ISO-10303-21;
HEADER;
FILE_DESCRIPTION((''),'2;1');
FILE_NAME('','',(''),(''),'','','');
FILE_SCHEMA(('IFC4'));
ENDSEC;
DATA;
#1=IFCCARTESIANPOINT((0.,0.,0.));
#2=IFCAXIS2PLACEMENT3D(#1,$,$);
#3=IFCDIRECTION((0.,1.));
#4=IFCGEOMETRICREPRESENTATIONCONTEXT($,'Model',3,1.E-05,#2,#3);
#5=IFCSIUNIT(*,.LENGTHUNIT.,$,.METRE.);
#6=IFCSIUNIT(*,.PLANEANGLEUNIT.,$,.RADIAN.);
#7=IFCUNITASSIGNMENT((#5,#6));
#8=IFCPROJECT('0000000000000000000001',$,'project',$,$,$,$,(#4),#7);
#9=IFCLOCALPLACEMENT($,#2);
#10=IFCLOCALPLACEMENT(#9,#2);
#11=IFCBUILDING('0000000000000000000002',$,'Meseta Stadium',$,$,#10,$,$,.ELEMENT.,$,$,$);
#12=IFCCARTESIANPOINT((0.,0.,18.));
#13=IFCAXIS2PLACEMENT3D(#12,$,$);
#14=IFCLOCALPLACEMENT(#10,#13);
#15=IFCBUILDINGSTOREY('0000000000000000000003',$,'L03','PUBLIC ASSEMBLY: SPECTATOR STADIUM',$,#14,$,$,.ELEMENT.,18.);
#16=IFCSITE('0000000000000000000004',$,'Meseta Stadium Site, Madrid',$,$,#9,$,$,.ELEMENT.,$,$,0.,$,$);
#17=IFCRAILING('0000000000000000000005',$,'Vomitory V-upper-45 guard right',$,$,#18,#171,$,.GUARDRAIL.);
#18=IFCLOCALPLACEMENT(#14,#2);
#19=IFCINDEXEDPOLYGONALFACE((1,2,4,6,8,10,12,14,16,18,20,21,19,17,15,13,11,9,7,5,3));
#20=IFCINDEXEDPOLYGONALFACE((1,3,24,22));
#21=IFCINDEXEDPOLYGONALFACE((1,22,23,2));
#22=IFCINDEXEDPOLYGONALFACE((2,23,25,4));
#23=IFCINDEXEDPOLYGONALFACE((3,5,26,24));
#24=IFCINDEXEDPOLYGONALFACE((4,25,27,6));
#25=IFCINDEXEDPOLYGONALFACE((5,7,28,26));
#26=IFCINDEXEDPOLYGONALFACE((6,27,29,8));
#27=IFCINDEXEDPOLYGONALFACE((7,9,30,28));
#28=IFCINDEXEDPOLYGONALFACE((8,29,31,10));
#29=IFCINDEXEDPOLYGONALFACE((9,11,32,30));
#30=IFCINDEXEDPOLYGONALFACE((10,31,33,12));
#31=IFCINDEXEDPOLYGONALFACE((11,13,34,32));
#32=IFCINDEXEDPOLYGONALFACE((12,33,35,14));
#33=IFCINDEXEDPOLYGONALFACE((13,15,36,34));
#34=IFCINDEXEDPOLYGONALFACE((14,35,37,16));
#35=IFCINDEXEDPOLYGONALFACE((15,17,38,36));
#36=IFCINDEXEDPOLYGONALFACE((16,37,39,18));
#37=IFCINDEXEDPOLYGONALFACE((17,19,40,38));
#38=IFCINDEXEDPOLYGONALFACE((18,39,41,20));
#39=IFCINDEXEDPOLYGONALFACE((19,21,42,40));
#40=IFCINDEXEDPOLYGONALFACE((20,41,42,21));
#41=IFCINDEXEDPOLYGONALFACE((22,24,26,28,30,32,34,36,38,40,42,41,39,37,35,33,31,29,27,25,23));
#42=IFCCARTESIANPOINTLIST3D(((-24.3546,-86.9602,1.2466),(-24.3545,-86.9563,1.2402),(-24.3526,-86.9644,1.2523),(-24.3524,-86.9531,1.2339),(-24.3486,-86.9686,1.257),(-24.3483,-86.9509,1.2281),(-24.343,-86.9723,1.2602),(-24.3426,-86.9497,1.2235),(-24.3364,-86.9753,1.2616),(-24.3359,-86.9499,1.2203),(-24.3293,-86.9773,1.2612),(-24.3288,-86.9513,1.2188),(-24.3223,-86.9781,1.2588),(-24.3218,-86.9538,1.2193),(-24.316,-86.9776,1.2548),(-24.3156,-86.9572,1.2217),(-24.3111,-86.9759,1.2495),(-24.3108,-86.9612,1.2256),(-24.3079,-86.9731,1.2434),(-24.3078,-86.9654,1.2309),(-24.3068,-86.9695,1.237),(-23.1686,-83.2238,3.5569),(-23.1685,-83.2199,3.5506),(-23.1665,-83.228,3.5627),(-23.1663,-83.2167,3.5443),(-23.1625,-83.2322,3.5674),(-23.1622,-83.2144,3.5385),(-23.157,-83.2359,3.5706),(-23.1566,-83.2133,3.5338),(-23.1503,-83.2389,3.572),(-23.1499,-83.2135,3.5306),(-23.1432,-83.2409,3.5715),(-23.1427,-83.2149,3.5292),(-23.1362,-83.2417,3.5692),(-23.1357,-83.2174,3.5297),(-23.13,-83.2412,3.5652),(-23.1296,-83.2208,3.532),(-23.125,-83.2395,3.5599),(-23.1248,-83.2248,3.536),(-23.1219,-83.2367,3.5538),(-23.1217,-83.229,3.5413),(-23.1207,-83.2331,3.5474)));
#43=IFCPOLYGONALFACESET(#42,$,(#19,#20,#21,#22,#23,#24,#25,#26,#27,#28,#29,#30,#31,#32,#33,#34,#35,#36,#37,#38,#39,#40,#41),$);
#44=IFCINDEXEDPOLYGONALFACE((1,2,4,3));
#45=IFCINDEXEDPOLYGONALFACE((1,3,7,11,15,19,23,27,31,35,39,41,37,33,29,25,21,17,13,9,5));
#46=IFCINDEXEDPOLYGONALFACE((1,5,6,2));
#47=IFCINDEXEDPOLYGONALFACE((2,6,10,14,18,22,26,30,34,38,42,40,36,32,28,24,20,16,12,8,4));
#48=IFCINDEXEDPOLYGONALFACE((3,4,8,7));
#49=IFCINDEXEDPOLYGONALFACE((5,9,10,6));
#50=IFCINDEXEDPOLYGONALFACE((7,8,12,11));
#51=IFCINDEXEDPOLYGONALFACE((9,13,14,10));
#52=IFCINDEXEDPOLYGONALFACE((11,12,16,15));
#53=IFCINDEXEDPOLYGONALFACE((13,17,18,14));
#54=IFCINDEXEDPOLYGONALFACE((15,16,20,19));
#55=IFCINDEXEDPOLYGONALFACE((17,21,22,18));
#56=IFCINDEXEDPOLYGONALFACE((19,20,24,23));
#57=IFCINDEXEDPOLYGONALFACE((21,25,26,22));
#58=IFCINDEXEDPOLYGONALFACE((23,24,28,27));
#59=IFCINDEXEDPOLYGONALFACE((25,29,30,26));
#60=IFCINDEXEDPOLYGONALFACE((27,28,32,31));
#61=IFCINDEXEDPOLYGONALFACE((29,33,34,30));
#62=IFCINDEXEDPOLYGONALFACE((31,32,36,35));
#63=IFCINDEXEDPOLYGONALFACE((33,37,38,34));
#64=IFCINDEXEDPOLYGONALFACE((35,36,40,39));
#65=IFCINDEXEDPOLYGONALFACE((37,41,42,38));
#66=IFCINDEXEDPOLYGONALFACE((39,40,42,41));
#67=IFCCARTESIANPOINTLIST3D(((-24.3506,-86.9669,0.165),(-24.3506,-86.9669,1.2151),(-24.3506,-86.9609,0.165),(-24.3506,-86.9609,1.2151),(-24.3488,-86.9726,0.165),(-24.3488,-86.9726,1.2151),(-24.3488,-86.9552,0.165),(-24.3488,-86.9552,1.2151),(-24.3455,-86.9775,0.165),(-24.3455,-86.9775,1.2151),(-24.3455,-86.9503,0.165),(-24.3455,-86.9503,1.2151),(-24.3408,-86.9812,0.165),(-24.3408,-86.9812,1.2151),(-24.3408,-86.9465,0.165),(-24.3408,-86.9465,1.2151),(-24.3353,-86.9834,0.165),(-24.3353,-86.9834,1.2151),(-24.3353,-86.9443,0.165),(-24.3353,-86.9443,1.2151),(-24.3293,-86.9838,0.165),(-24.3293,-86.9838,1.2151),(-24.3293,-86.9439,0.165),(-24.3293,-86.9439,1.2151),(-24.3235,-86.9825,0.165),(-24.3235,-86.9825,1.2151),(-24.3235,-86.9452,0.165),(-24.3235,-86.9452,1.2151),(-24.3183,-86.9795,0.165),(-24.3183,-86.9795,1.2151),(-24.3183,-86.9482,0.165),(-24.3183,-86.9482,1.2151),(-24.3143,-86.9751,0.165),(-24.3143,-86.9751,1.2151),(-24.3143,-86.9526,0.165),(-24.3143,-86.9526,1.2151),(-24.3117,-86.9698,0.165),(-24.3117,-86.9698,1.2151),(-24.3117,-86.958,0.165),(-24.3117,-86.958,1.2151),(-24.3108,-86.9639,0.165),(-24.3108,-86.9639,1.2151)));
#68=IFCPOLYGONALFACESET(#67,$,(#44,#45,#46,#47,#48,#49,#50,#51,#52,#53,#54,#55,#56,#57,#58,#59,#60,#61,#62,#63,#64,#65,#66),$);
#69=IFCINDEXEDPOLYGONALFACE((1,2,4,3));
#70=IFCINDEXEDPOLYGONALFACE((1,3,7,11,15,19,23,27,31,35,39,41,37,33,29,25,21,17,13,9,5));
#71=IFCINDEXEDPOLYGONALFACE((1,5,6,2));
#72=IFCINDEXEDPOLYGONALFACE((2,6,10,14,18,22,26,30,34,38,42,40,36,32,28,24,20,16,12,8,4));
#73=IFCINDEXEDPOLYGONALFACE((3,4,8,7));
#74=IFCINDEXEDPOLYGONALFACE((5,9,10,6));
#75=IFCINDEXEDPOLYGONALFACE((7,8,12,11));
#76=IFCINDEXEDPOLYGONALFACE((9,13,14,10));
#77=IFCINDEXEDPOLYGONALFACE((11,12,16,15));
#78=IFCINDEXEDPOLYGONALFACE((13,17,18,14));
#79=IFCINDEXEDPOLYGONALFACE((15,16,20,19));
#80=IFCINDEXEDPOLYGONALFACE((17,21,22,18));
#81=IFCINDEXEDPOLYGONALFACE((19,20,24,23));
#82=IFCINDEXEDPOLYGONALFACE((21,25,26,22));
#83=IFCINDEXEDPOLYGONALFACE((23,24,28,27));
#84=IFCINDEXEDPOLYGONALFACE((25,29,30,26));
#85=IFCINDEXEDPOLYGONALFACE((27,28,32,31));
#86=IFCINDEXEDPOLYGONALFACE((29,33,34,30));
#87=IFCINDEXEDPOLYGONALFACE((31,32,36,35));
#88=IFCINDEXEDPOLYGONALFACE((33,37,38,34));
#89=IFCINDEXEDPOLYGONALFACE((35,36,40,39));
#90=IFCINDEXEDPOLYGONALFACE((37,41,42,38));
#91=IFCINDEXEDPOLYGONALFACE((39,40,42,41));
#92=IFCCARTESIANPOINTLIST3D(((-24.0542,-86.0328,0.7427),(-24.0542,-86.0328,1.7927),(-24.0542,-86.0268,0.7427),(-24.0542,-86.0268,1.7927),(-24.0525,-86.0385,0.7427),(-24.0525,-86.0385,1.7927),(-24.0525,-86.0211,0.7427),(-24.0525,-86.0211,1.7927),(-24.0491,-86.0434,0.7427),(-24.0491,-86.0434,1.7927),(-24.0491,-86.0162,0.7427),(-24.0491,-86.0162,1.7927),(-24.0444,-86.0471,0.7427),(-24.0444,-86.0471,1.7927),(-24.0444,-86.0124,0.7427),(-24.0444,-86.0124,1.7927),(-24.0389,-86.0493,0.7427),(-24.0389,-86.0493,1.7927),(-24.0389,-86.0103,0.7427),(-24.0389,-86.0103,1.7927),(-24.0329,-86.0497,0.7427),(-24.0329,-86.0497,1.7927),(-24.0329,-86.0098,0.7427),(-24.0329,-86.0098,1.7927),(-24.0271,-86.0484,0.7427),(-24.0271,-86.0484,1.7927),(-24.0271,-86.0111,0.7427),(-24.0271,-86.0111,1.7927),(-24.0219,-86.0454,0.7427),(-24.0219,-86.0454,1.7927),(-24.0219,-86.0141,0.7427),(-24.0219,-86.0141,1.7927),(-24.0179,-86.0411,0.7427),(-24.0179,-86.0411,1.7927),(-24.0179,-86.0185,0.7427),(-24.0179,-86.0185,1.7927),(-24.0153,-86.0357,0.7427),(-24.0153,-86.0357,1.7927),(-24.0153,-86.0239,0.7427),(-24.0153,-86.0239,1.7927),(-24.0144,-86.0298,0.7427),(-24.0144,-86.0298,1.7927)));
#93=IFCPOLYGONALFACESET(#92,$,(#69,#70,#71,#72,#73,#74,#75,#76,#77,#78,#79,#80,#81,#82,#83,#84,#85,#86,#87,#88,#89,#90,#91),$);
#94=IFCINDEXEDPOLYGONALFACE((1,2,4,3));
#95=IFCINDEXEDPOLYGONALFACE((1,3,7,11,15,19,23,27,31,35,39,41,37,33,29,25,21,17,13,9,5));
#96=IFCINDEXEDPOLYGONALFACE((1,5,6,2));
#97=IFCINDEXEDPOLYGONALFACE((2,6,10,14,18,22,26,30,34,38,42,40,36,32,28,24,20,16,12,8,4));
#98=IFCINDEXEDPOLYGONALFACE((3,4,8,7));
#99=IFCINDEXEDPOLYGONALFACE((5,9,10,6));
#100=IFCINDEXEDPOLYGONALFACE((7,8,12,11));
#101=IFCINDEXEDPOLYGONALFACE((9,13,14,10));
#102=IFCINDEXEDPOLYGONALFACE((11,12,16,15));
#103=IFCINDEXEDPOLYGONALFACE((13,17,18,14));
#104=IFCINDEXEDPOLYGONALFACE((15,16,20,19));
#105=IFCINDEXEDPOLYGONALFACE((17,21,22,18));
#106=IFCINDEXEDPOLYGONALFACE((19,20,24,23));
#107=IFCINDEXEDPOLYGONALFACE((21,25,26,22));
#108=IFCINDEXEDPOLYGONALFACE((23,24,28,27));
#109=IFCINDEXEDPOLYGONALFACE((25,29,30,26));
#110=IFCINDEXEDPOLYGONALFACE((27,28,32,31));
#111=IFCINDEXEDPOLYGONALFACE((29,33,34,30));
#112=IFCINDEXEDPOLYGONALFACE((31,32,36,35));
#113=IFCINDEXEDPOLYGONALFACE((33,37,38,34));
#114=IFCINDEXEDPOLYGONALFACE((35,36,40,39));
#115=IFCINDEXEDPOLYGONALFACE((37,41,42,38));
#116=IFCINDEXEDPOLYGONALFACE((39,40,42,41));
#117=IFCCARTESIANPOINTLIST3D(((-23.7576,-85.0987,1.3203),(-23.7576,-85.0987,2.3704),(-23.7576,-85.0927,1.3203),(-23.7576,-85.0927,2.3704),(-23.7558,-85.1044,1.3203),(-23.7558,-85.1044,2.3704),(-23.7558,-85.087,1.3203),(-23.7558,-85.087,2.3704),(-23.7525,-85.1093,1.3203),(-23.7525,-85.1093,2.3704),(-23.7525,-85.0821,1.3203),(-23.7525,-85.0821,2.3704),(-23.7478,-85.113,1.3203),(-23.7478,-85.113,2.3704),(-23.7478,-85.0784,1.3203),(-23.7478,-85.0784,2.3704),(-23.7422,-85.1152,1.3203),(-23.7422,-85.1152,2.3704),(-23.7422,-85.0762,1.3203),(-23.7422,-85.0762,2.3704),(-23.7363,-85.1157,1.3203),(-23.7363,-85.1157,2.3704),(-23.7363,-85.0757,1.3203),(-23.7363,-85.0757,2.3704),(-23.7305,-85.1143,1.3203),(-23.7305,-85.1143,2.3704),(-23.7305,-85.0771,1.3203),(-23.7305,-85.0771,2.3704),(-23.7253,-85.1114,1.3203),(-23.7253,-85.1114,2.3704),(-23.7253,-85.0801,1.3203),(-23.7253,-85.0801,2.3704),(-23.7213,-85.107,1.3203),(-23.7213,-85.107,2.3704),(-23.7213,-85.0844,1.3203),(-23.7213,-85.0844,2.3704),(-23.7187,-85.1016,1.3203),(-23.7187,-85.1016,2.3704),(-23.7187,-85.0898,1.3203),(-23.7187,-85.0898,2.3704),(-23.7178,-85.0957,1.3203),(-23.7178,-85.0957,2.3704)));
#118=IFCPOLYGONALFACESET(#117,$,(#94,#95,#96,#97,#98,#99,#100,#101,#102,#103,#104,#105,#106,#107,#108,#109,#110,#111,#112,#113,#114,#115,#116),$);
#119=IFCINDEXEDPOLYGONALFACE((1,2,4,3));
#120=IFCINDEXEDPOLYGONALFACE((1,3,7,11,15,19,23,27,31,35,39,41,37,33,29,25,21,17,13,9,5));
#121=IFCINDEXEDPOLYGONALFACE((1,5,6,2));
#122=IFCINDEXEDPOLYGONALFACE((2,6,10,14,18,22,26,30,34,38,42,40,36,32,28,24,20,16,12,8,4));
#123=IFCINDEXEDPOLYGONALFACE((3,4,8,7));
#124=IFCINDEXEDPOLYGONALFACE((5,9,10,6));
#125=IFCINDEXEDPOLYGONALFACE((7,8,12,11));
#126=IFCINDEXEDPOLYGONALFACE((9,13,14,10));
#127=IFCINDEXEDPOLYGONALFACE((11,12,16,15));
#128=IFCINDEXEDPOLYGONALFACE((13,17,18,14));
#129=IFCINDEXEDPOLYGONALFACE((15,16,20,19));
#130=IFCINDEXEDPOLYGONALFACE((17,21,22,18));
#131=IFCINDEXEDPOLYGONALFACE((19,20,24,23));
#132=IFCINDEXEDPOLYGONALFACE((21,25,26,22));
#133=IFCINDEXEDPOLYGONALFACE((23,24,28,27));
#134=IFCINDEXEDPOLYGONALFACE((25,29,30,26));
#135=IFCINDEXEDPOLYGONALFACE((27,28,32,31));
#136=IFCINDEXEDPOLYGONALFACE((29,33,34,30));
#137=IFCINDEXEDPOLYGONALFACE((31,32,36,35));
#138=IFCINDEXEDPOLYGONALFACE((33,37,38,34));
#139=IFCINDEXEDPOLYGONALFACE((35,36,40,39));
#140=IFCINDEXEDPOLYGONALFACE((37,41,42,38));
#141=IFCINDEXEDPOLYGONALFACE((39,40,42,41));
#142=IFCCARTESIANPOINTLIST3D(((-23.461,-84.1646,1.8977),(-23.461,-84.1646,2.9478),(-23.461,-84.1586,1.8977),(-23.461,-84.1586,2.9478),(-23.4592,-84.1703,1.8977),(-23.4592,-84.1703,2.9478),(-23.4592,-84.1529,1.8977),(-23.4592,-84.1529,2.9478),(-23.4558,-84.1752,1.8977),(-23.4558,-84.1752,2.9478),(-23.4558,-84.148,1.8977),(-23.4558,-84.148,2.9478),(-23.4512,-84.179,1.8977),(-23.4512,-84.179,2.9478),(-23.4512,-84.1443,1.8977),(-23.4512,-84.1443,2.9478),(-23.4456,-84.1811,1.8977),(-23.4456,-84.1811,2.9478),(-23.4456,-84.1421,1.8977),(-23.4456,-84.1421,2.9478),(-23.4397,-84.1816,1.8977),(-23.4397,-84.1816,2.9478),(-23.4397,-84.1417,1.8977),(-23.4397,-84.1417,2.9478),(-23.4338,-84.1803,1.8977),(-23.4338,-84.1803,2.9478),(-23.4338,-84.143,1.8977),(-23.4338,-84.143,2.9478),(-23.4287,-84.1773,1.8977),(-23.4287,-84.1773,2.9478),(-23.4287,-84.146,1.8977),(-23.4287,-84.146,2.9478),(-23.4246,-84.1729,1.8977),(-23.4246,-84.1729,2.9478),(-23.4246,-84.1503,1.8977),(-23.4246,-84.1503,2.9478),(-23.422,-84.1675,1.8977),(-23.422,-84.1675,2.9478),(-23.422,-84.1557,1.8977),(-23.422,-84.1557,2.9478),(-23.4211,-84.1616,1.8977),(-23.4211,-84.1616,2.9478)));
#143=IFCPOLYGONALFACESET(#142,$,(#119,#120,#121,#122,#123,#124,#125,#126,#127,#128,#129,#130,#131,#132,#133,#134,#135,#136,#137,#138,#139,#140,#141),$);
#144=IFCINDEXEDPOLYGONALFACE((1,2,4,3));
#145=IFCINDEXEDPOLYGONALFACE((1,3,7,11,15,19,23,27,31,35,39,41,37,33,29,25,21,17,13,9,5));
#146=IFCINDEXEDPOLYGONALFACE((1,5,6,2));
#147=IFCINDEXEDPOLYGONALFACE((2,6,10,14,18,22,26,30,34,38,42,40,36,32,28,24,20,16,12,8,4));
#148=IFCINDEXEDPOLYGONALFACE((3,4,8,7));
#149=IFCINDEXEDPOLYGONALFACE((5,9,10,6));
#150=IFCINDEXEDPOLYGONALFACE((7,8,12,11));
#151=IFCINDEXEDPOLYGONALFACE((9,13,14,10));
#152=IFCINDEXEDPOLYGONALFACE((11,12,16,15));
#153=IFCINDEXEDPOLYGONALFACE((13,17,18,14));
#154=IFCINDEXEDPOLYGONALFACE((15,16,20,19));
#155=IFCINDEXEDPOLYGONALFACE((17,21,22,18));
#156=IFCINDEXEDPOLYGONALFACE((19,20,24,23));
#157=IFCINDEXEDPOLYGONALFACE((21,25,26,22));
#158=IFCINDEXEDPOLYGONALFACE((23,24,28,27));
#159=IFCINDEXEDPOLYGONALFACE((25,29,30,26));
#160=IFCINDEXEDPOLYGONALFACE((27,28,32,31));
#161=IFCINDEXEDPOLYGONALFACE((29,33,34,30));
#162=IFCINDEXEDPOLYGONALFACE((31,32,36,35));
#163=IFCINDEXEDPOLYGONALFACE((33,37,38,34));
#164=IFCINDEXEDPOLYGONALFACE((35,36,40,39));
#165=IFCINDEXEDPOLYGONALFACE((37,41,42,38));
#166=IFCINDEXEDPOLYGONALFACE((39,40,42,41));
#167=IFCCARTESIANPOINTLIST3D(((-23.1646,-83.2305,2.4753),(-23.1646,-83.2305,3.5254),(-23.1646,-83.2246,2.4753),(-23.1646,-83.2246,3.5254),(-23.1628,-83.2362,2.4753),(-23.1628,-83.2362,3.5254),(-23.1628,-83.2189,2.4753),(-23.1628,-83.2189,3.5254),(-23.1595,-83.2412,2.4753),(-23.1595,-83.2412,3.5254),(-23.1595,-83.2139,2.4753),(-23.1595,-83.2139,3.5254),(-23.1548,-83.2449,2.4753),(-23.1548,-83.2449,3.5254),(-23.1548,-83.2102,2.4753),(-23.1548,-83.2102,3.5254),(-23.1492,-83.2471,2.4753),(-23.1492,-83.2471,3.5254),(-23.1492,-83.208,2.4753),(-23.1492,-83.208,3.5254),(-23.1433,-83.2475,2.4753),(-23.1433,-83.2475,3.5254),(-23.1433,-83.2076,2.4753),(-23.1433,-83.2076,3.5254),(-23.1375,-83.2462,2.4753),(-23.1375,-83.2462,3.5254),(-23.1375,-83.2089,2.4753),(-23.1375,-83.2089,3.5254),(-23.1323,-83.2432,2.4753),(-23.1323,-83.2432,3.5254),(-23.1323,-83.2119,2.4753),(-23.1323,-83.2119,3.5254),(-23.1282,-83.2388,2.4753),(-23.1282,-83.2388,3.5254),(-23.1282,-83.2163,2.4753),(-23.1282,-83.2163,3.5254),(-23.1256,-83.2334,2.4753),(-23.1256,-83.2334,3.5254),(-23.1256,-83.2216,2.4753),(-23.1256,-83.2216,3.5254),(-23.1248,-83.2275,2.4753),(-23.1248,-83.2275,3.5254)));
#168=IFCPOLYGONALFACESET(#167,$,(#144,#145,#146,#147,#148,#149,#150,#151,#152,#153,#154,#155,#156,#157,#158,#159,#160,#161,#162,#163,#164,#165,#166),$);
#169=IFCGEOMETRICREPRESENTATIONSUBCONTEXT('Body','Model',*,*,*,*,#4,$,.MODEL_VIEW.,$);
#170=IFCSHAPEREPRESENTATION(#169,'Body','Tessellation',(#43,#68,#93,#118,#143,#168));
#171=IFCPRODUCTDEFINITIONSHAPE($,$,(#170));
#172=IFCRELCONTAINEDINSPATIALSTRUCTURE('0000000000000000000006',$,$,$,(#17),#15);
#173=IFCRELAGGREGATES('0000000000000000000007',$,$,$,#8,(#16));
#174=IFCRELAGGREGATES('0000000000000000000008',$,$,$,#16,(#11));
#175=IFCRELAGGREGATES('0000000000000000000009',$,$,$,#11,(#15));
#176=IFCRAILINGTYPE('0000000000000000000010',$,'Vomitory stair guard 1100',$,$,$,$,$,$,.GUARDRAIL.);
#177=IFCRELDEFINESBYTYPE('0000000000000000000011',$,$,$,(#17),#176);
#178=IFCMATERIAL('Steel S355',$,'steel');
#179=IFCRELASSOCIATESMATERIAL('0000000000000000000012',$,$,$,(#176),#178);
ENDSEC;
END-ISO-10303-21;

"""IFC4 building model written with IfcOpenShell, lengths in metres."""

from ifc_helpers import new_model, si_unit, direction, frame, origin, origin_2d, place, context, subcontext, project, spatial, circle, extrude, material, type_object, element, save


model = new_model("IFC4")

# Units and contexts
model_context = context("Model", 3, precision=1e-05, world=origin(), true_north=direction((0.0, 1.0)))
body_context = subcontext(model_context, "Body", "Model", "MODEL_VIEW")
ifc_project = project(units=[si_unit("LENGTHUNIT", "METRE"), si_unit("PLANEANGLEUNIT", "RADIAN")], contexts=[model_context])

# Site, building, storey
site_placement = place(None, origin())
site = spatial("IfcSite", under=ifc_project, at=site_placement, Name="Meseta Stadium Site, Madrid", CompositionType="ELEMENT", RefElevation=0.0)
building_placement = place(site_placement, origin())
building = spatial("IfcBuilding", under=site, at=building_placement, Name="Meseta Stadium", CompositionType="ELEMENT")
storey_placement = place(building_placement, frame((0.0, 0.0, 18.0)))
storey = spatial("IfcBuildingStorey", under=building, at=storey_placement, Name="L03", Description="PUBLIC ASSEMBLY: SPECTATOR STADIUM", CompositionType="ELEMENT", Elevation=18.0)

# Railing
ifc_material_1 = material(Name="Steel S355", Category="steel")
railing_type_1 = type_object("IfcRailingType", Name="Vomitory stair guard 1100", PredefinedType="GUARDRAIL", material=ifc_material_1)
railing_1_placement = place(storey_placement, frame((-24.3308, -86.9639, 0.165)))
element("IfcRailing", 1, at=railing_1_placement, inside=storey, type_object=railing_type_1, Name="Vomitory V-upper-45 guard right", PredefinedType="GUARDRAIL", context=body_context, shape_type="SweptSolid", body=[
    extrude(circle(Radius=0.0249, at=origin_2d()), frame((0.0, 0.0, 1.0752), z_axis=(0.260656, 0.821135, 0.507736), x_axis=(-0.953132, 0.302556, 0.0)), (0.0, 0.0, 1.0), 4.5503),
    extrude(circle(Radius=0.02, at=origin_2d()), origin(), (0.0, 0.0, 1.0), 1.05),
    extrude(circle(Radius=0.02, at=origin_2d()), frame((0.2964, 0.9341, 0.5776)), (0.0, 0.0, 1.0), 1.05),
    extrude(circle(Radius=0.02, at=origin_2d()), frame((0.593, 1.8682, 1.1553)), (0.0, 0.0, 1.0), 1.05),
    extrude(circle(Radius=0.02, at=origin_2d()), frame((0.8896, 2.8022, 1.7327)), (0.0, 0.0, 1.0), 1.05),
    extrude(circle(Radius=0.02, at=origin_2d()), frame((1.186, 3.7363, 2.3103)), (0.0, 0.0, 1.0), 1.05),
])

save(model, "model.ifc")
